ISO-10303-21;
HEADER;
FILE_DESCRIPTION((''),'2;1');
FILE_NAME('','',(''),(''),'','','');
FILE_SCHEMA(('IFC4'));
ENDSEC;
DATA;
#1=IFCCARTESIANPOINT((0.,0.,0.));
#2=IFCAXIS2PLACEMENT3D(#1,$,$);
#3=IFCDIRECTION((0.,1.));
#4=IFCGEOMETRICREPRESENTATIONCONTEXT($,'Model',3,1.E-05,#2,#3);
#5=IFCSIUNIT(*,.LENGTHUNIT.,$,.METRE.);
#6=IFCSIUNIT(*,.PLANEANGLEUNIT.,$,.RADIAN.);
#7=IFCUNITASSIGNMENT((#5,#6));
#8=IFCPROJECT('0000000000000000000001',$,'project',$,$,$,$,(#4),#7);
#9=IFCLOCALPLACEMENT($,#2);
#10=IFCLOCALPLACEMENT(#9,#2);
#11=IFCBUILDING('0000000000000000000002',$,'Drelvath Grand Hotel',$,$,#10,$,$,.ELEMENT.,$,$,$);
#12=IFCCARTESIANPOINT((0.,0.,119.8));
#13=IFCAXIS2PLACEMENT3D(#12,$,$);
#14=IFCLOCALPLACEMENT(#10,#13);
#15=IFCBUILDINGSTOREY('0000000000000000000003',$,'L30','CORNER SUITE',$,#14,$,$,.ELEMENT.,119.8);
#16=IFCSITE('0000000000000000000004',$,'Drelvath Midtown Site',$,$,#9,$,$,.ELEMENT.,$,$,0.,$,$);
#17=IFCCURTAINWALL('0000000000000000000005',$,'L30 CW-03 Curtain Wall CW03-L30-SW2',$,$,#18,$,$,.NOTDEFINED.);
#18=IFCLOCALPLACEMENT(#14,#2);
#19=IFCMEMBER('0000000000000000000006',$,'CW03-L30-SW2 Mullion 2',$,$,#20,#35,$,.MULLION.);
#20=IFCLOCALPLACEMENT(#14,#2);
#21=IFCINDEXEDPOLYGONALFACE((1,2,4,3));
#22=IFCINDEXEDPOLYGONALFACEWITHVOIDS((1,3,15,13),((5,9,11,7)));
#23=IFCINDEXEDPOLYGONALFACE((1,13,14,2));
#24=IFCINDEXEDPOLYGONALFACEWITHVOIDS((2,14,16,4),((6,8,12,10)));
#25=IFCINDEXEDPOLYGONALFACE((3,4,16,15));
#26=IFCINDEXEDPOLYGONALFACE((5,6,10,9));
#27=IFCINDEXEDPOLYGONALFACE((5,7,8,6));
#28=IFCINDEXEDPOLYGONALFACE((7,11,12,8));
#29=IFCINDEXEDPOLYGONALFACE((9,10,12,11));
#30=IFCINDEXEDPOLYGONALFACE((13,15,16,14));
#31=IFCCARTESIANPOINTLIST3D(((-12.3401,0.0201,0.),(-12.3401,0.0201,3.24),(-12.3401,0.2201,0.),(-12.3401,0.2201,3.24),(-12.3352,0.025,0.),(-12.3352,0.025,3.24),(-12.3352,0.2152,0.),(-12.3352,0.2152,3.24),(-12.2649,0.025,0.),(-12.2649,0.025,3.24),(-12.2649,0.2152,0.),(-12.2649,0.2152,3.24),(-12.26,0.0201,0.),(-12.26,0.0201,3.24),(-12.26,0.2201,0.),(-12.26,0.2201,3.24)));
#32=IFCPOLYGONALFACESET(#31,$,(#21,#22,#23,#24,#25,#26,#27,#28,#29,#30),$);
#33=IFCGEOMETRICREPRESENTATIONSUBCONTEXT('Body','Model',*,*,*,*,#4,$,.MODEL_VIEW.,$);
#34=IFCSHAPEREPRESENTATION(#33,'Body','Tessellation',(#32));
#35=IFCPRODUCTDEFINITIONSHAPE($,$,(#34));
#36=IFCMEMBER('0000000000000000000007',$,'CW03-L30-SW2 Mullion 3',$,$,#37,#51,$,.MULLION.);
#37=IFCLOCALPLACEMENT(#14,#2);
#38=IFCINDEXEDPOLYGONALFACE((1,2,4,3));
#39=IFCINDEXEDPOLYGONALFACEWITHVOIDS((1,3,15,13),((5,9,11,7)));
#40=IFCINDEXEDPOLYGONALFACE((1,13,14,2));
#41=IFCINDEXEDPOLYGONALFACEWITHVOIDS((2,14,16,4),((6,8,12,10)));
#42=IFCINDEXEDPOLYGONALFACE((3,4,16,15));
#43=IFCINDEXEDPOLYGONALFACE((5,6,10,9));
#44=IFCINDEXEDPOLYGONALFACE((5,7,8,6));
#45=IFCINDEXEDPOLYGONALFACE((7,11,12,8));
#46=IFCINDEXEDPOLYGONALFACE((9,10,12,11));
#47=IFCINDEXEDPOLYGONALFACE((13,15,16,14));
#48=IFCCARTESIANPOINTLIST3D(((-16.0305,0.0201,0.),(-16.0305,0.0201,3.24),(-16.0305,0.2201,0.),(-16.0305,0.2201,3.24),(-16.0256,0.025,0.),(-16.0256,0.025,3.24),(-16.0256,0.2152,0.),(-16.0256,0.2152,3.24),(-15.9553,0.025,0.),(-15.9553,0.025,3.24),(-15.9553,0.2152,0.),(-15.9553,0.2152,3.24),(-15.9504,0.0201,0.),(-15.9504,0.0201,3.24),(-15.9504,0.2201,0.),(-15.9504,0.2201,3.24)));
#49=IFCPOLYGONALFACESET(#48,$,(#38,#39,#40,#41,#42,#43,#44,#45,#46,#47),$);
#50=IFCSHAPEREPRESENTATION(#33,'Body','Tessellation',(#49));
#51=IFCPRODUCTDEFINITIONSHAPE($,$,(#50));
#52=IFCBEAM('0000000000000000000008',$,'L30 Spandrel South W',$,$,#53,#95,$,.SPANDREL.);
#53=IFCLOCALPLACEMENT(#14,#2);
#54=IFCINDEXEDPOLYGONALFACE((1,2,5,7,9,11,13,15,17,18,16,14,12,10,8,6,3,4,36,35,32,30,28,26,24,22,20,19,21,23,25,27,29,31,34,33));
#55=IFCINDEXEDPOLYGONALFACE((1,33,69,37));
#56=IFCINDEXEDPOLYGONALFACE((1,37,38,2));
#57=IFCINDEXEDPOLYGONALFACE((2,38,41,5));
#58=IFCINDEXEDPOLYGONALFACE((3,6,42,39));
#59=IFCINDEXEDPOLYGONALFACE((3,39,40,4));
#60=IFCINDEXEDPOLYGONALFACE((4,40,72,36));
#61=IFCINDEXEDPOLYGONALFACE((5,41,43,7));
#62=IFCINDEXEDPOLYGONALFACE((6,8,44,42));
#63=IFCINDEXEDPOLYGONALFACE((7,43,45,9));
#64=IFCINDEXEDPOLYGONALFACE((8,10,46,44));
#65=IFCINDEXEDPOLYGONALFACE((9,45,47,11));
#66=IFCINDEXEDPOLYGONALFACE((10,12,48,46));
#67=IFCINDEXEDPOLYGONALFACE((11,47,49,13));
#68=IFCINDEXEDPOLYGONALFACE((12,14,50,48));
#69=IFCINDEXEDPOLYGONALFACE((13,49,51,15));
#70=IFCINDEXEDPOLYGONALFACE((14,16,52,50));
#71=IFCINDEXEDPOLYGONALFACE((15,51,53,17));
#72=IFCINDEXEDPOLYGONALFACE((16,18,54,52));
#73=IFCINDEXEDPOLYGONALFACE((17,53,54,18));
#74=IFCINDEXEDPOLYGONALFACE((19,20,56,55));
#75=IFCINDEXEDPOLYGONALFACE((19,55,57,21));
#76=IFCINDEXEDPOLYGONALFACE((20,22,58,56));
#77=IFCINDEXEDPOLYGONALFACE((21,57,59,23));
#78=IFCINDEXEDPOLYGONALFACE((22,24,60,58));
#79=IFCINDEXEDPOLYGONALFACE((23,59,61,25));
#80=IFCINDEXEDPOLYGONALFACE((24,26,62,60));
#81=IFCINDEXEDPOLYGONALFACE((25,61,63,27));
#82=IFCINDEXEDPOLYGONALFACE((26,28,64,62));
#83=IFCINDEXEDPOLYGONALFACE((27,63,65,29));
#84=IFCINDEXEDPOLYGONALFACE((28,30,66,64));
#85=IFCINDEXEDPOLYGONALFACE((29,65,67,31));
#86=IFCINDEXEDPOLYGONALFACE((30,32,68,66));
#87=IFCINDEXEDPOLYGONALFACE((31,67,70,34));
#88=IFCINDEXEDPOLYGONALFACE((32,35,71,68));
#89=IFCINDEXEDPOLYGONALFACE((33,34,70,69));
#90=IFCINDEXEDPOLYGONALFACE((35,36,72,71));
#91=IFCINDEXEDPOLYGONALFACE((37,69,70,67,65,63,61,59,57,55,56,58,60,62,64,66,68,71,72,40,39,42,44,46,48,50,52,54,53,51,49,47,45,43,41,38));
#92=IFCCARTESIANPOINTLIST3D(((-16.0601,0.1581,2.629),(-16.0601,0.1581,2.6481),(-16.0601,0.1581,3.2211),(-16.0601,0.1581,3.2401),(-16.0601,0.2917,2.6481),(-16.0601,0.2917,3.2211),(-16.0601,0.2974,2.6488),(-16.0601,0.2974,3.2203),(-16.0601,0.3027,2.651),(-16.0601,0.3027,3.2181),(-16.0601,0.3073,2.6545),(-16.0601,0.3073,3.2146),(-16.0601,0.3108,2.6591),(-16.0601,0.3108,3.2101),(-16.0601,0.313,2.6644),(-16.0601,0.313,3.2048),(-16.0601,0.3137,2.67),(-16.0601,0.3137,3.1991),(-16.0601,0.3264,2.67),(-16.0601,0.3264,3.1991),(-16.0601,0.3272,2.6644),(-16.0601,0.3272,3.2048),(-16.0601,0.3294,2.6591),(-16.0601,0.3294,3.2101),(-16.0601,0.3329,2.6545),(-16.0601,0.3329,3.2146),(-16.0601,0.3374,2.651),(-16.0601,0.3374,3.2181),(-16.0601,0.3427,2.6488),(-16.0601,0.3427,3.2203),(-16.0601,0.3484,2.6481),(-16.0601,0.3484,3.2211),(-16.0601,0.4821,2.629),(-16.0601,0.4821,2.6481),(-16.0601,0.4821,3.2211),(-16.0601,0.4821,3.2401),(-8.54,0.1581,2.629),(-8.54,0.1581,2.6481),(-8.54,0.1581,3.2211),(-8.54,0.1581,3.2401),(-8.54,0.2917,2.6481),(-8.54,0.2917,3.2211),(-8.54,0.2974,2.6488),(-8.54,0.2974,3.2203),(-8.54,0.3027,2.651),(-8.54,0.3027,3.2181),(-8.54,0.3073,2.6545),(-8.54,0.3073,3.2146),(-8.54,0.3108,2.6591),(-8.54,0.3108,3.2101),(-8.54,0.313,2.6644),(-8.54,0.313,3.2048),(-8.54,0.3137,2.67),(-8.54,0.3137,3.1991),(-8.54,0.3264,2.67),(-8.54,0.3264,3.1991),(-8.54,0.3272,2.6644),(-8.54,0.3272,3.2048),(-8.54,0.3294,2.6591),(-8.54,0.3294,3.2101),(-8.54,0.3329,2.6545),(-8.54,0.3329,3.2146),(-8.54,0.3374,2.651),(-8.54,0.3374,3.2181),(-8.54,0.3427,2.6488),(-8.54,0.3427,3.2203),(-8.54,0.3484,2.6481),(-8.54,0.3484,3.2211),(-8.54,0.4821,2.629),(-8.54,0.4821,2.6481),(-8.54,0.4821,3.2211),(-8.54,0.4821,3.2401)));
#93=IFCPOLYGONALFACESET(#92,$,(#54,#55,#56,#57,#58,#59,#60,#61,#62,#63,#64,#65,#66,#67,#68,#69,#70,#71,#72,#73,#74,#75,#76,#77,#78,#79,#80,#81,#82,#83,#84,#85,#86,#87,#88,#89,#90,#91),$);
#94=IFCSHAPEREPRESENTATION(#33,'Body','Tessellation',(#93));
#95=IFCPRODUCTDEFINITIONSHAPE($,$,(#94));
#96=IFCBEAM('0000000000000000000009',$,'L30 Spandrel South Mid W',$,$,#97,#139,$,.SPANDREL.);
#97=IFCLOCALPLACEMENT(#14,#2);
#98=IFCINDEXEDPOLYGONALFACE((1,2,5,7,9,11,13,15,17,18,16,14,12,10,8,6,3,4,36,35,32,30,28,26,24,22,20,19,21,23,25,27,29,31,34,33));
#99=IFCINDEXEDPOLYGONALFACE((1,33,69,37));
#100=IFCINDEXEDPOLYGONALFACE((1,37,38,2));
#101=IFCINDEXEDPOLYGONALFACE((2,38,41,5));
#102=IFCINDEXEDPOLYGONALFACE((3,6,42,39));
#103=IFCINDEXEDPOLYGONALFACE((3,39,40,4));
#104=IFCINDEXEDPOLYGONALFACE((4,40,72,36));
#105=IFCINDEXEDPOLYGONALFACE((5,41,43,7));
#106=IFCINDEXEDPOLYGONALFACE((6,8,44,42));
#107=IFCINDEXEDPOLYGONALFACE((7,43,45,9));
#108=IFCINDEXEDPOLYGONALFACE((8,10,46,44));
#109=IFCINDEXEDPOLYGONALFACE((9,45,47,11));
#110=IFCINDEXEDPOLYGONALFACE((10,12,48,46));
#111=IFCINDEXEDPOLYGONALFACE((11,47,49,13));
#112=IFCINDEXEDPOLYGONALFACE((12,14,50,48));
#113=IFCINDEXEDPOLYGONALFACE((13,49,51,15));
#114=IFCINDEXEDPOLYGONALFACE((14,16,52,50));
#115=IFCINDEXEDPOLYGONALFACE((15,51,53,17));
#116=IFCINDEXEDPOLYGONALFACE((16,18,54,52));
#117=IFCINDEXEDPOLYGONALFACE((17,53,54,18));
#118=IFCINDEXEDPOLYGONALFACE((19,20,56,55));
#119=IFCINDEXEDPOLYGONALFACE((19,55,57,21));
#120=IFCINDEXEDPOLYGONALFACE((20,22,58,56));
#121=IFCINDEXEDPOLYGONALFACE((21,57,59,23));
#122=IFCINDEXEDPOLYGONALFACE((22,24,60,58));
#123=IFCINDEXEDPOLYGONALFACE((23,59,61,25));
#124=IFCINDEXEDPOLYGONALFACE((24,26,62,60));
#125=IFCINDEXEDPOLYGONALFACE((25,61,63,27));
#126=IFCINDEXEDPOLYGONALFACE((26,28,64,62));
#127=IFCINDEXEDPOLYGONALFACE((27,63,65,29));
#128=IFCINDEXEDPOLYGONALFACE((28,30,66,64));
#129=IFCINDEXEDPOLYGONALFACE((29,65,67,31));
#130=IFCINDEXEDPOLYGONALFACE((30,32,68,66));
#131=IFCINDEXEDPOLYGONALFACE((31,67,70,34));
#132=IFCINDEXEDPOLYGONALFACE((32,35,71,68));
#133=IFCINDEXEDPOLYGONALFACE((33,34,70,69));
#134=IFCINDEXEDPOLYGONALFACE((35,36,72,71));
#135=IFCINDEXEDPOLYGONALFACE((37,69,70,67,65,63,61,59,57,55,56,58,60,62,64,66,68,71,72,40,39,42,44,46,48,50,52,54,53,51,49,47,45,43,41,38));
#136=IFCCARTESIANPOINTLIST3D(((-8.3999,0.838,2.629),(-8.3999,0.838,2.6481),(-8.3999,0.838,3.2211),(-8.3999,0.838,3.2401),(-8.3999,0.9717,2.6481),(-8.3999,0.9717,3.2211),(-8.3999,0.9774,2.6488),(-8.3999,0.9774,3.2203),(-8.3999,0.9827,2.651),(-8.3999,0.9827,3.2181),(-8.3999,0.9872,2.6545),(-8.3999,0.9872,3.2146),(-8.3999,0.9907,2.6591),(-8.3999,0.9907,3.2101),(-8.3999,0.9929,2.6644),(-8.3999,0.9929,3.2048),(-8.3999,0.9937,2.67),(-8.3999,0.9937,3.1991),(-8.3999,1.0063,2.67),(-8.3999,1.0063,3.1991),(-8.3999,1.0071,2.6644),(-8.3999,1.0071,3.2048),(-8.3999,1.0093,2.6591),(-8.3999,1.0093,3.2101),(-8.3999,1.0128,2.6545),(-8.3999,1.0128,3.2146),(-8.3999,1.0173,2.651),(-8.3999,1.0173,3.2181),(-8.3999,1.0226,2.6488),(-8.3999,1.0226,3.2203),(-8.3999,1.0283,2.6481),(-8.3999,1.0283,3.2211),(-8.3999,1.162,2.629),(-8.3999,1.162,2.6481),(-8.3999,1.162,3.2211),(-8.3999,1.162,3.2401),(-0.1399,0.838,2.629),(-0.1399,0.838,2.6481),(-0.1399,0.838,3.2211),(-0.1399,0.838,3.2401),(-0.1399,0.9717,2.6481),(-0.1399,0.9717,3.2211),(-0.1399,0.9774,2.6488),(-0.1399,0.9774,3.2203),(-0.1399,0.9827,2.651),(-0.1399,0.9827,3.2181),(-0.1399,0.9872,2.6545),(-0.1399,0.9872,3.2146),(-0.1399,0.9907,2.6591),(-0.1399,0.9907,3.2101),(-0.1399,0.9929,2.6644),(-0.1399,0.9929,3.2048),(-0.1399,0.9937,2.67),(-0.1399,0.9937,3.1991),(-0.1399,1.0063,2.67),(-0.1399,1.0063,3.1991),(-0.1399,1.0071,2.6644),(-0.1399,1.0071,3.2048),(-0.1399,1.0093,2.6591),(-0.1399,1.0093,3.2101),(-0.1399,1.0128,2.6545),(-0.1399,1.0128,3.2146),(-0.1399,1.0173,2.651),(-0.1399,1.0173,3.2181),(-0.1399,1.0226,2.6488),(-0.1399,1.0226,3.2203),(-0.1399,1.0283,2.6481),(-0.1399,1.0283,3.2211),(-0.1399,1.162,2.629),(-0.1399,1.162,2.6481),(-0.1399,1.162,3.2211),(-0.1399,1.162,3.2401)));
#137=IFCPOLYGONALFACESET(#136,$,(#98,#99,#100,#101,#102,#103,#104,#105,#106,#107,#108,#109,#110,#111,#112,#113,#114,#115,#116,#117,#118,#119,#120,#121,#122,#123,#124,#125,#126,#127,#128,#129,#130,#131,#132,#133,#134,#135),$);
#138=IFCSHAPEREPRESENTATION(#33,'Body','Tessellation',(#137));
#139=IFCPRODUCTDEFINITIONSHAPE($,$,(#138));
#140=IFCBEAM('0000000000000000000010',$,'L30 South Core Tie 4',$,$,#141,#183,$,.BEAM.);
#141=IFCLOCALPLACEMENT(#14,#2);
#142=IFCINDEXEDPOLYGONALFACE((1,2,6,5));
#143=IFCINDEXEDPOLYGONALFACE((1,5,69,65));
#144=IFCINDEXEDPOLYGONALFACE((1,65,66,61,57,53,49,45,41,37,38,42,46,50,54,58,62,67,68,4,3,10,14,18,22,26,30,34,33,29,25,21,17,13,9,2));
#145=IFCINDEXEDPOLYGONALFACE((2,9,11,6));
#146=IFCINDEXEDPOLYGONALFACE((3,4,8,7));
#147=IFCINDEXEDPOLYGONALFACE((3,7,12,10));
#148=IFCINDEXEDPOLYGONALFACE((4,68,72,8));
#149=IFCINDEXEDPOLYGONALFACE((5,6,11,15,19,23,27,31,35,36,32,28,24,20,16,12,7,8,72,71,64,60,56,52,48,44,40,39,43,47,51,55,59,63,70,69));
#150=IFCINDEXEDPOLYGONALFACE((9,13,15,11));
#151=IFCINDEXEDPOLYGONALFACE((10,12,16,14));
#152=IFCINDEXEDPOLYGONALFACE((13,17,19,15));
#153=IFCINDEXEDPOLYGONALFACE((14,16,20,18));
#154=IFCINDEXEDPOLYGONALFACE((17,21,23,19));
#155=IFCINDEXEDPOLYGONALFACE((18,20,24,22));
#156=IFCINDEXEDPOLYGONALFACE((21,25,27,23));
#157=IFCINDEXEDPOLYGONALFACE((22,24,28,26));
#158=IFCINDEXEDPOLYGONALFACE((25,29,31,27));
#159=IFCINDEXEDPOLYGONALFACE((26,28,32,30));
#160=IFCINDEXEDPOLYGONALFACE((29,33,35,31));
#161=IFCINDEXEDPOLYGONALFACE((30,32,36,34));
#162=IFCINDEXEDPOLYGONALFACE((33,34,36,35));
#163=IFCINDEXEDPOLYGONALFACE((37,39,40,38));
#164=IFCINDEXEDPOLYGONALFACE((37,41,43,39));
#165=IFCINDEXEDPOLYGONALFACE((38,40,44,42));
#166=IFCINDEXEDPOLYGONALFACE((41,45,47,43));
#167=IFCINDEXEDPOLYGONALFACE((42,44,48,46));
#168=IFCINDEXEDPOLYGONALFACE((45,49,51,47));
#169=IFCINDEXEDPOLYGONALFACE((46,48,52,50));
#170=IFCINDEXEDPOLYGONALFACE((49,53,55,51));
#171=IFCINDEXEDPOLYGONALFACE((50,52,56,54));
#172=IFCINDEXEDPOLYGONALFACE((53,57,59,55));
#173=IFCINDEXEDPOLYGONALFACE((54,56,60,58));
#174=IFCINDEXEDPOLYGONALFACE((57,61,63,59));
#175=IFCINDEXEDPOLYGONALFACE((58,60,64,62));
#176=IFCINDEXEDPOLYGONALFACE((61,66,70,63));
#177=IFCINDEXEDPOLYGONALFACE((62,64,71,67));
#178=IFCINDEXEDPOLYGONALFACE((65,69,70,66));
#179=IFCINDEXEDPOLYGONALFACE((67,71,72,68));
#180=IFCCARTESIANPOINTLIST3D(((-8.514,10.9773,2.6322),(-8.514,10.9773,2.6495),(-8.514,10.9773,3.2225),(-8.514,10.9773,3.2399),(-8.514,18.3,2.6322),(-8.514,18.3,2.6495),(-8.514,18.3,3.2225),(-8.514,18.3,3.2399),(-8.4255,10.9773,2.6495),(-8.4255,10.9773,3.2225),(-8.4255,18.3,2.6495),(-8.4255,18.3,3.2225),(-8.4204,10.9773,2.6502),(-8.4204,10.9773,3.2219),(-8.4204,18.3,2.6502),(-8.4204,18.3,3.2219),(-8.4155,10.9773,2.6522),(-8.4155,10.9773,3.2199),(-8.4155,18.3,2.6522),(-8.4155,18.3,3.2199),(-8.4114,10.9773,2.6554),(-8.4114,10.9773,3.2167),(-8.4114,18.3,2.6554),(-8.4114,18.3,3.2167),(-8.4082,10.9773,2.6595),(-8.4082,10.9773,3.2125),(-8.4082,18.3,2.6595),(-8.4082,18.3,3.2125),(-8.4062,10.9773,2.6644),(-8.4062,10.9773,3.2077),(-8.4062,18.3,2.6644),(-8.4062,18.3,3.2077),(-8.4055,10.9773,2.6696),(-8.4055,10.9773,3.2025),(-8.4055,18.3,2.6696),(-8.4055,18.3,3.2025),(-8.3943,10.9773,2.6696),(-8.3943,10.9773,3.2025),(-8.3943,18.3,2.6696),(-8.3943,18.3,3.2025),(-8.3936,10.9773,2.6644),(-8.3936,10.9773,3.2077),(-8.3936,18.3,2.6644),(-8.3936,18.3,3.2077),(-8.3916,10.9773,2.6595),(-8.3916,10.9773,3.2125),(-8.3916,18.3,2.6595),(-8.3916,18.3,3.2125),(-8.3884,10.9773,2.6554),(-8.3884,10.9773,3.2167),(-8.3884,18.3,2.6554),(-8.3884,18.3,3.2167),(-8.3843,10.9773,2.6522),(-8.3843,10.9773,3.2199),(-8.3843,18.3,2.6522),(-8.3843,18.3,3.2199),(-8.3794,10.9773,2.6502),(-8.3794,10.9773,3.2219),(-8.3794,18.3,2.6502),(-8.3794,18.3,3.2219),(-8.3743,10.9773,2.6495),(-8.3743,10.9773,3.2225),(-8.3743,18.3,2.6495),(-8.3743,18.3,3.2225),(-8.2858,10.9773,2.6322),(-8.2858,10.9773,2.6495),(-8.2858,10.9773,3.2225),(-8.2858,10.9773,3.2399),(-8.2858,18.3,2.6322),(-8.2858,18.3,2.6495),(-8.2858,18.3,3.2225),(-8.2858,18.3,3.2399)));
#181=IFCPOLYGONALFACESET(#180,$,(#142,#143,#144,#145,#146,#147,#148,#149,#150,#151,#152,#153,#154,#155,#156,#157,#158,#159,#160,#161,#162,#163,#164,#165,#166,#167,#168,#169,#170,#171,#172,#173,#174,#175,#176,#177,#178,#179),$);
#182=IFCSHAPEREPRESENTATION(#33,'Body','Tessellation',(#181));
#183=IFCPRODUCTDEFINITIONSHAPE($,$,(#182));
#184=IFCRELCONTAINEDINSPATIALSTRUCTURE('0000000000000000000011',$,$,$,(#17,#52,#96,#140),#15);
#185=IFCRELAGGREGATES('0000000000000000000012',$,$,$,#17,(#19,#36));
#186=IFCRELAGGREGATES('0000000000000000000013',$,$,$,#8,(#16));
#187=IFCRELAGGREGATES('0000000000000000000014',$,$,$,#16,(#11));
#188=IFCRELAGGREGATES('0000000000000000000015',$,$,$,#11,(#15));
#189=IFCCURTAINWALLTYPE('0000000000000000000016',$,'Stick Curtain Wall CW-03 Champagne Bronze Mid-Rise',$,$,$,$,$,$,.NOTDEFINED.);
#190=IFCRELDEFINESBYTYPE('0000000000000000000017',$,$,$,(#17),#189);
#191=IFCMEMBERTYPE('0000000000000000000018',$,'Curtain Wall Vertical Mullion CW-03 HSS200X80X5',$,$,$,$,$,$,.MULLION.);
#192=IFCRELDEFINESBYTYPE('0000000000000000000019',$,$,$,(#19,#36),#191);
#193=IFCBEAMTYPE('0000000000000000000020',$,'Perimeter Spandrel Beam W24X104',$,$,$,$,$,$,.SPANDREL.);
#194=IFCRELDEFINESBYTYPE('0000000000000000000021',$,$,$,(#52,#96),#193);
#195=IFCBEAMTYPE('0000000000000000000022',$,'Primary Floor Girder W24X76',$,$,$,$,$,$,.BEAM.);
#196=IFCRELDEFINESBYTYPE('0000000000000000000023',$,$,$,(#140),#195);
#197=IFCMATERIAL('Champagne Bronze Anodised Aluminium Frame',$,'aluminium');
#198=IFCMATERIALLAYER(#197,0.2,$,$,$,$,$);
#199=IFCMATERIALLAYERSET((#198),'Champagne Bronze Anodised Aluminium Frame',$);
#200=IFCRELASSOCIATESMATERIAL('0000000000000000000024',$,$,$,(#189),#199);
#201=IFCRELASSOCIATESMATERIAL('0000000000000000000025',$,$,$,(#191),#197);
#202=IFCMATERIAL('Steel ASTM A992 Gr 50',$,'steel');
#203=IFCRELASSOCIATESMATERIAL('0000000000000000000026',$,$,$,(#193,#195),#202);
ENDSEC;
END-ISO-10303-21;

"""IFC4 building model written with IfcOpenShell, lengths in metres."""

from ifc_helpers import new_model, si_unit, direction, frame, origin, origin_2d, place, context, subcontext, project, spatial, hollow_rectangle, i_section, extrude, material, layer, layer_set, material_profile, profile_set, type_object, element, aggregate, save


model = new_model("IFC4")

# Units and contexts
model_context = context("Model", 3, precision=1e-05, world=origin(), true_north=direction((0.0, 1.0)))
body_context = subcontext(model_context, "Body", "Model", "MODEL_VIEW")
ifc_project = project(units=[si_unit("LENGTHUNIT", "METRE"), si_unit("PLANEANGLEUNIT", "RADIAN")], contexts=[model_context])

# Site, building, storey
site_placement = place(None, origin())
site = spatial("IfcSite", under=ifc_project, at=site_placement, Name="Drelvath Midtown Site", CompositionType="ELEMENT", RefElevation=0.0)
building_placement = place(site_placement, origin())
building = spatial("IfcBuilding", under=site, at=building_placement, Name="Drelvath Grand Hotel", CompositionType="ELEMENT")
storey_placement = place(building_placement, frame((0.0, 0.0, 119.8)))
storey = spatial("IfcBuildingStorey", under=building, at=storey_placement, Name="L30", Description="CORNER SUITE", CompositionType="ELEMENT", Elevation=119.8)

# Shared definitions
ifc_material_1 = material(Name="Steel ASTM A992 Gr 50", Category="steel")

# Curtain wall
ifc_material_2 = material(Name="Champagne Bronze Anodised Aluminium Frame", Category="aluminium")
ifc_layer_1 = layer(ifc_material_2, 0.2)
ifc_layer_set_1 = layer_set([ifc_layer_1], Name="Champagne Bronze Anodised Aluminium Frame")
curtain_wall_type = type_object("IfcCurtainWallType", Name="Stick Curtain Wall CW-03 Champagne Bronze Mid-Rise", PredefinedType="NOTDEFINED", material=ifc_layer_set_1)
curtain_wall_1_placement = place(storey_placement, origin())
curtain_wall_1 = element("IfcCurtainWall", 1, at=curtain_wall_1_placement, inside=storey, type_object=curtain_wall_type, Name="L30 CW-03 Curtain Wall CW03-L30-SW2", PredefinedType="NOTDEFINED")

# Shared definitions
ifc_material_profile_1 = material_profile(ifc_material_2, hollow_rectangle(XDim=0.0801, YDim=0.2, WallThickness=0.0049, at=origin_2d()), Name="HSS200X80X5")
ifc_profile_set_1 = profile_set([ifc_material_profile_1], Name="Champagne Bronze Anodised Aluminium Frame")
member_type_1 = type_object("IfcMemberType", Name="Curtain Wall Vertical Mullion CW-03 HSS200X80X5", PredefinedType="MULLION", material=ifc_profile_set_1)

# Members
member_1_placement = place(storey_placement, frame((-12.3, 0.1201, 0.0), z_axis=(0.0, 0.0, 1.0), x_axis=(1.0, 0.0, 0.0)))
member_1 = element("IfcMember", 2, at=member_1_placement, type_object=member_type_1, Name="CW03-L30-SW2 Mullion 2", PredefinedType="MULLION", context=body_context, shape_type="SweptSolid", body=[
    extrude(hollow_rectangle(XDim=0.0801, YDim=0.2, WallThickness=0.0049, at=origin_2d()), origin(), (0.0, 0.0, 1.0), 3.24),
])
member_2_placement = place(storey_placement, frame((-15.9905, 0.1201, 0.0), z_axis=(0.0, 0.0, 1.0), x_axis=(1.0, 0.0, 0.0)))
member_2 = element("IfcMember", 3, at=member_2_placement, type_object=member_type_1, Name="CW03-L30-SW2 Mullion 3", PredefinedType="MULLION", context=body_context, shape_type="SweptSolid", body=[
    extrude(hollow_rectangle(XDim=0.0801, YDim=0.2, WallThickness=0.0049, at=origin_2d()), origin(), (0.0, 0.0, 1.0), 3.24),
])

# Beams
ifc_material_profile_2 = material_profile(ifc_material_1, i_section(OverallWidth=0.324, OverallDepth=0.6111, WebThickness=0.0127, FlangeThickness=0.019, FilletRadius=0.022, at=origin_2d()), Name="W24X104")
ifc_profile_set_2 = profile_set([ifc_material_profile_2], Name="Steel ASTM A992 Gr 50")
beam_type_1 = type_object("IfcBeamType", Name="Perimeter Spandrel Beam W24X104", PredefinedType="SPANDREL", material=ifc_profile_set_2)
beam_1_placement = place(storey_placement, frame((-16.0601, 0.3201, 2.9346), z_axis=(1.0, 0.0, 0.0), x_axis=(0.0, 1.0, 0.0)))
element("IfcBeam", 4, at=beam_1_placement, inside=storey, type_object=beam_type_1, Name="L30 Spandrel South W", PredefinedType="SPANDREL", context=body_context, shape_type="SweptSolid", body=[
    extrude(i_section(OverallWidth=0.324, OverallDepth=0.6111, WebThickness=0.0127, FlangeThickness=0.019, FilletRadius=0.022, at=origin_2d()), origin(), (0.0, 0.0, 1.0), 7.52),
])
beam_2_placement = place(storey_placement, frame((-8.3999, 1.0, 2.9346), z_axis=(1.0, 0.0, 0.0), x_axis=(0.0, 1.0, 0.0)))
element("IfcBeam", 5, at=beam_2_placement, inside=storey, type_object=beam_type_1, Name="L30 Spandrel South Mid W", PredefinedType="SPANDREL", context=body_context, shape_type="SweptSolid", body=[
    extrude(i_section(OverallWidth=0.324, OverallDepth=0.6111, WebThickness=0.0127, FlangeThickness=0.019, FilletRadius=0.022, at=origin_2d()), origin(), (0.0, 0.0, 1.0), 8.26),
])
ifc_material_profile_3 = material_profile(ifc_material_1, i_section(OverallWidth=0.2283, OverallDepth=0.6077, WebThickness=0.0112, FlangeThickness=0.0173, FilletRadius=0.02, at=origin_2d()), Name="W24X76")
ifc_profile_set_3 = profile_set([ifc_material_profile_3], Name="Steel ASTM A992 Gr 50")
beam_type_2 = type_object("IfcBeamType", Name="Primary Floor Girder W24X76", PredefinedType="BEAM", material=ifc_profile_set_3)
beam_3_placement = place(storey_placement, frame((-8.3999, 10.9773, 2.936), z_axis=(0.0, 1.0, 0.0), x_axis=(-1.0, 0.0, 0.0)))
element("IfcBeam", 6, at=beam_3_placement, inside=storey, type_object=beam_type_2, Name="L30 South Core Tie 4", PredefinedType="BEAM", context=body_context, shape_type="SweptSolid", body=[
    extrude(i_section(OverallWidth=0.2283, OverallDepth=0.6077, WebThickness=0.0112, FlangeThickness=0.0173, FilletRadius=0.02, at=origin_2d()), origin(), (0.0, 0.0, 1.0), 7.3228),
])

aggregate(curtain_wall_1, [member_1, member_2])

save(model, "model.ifc")
